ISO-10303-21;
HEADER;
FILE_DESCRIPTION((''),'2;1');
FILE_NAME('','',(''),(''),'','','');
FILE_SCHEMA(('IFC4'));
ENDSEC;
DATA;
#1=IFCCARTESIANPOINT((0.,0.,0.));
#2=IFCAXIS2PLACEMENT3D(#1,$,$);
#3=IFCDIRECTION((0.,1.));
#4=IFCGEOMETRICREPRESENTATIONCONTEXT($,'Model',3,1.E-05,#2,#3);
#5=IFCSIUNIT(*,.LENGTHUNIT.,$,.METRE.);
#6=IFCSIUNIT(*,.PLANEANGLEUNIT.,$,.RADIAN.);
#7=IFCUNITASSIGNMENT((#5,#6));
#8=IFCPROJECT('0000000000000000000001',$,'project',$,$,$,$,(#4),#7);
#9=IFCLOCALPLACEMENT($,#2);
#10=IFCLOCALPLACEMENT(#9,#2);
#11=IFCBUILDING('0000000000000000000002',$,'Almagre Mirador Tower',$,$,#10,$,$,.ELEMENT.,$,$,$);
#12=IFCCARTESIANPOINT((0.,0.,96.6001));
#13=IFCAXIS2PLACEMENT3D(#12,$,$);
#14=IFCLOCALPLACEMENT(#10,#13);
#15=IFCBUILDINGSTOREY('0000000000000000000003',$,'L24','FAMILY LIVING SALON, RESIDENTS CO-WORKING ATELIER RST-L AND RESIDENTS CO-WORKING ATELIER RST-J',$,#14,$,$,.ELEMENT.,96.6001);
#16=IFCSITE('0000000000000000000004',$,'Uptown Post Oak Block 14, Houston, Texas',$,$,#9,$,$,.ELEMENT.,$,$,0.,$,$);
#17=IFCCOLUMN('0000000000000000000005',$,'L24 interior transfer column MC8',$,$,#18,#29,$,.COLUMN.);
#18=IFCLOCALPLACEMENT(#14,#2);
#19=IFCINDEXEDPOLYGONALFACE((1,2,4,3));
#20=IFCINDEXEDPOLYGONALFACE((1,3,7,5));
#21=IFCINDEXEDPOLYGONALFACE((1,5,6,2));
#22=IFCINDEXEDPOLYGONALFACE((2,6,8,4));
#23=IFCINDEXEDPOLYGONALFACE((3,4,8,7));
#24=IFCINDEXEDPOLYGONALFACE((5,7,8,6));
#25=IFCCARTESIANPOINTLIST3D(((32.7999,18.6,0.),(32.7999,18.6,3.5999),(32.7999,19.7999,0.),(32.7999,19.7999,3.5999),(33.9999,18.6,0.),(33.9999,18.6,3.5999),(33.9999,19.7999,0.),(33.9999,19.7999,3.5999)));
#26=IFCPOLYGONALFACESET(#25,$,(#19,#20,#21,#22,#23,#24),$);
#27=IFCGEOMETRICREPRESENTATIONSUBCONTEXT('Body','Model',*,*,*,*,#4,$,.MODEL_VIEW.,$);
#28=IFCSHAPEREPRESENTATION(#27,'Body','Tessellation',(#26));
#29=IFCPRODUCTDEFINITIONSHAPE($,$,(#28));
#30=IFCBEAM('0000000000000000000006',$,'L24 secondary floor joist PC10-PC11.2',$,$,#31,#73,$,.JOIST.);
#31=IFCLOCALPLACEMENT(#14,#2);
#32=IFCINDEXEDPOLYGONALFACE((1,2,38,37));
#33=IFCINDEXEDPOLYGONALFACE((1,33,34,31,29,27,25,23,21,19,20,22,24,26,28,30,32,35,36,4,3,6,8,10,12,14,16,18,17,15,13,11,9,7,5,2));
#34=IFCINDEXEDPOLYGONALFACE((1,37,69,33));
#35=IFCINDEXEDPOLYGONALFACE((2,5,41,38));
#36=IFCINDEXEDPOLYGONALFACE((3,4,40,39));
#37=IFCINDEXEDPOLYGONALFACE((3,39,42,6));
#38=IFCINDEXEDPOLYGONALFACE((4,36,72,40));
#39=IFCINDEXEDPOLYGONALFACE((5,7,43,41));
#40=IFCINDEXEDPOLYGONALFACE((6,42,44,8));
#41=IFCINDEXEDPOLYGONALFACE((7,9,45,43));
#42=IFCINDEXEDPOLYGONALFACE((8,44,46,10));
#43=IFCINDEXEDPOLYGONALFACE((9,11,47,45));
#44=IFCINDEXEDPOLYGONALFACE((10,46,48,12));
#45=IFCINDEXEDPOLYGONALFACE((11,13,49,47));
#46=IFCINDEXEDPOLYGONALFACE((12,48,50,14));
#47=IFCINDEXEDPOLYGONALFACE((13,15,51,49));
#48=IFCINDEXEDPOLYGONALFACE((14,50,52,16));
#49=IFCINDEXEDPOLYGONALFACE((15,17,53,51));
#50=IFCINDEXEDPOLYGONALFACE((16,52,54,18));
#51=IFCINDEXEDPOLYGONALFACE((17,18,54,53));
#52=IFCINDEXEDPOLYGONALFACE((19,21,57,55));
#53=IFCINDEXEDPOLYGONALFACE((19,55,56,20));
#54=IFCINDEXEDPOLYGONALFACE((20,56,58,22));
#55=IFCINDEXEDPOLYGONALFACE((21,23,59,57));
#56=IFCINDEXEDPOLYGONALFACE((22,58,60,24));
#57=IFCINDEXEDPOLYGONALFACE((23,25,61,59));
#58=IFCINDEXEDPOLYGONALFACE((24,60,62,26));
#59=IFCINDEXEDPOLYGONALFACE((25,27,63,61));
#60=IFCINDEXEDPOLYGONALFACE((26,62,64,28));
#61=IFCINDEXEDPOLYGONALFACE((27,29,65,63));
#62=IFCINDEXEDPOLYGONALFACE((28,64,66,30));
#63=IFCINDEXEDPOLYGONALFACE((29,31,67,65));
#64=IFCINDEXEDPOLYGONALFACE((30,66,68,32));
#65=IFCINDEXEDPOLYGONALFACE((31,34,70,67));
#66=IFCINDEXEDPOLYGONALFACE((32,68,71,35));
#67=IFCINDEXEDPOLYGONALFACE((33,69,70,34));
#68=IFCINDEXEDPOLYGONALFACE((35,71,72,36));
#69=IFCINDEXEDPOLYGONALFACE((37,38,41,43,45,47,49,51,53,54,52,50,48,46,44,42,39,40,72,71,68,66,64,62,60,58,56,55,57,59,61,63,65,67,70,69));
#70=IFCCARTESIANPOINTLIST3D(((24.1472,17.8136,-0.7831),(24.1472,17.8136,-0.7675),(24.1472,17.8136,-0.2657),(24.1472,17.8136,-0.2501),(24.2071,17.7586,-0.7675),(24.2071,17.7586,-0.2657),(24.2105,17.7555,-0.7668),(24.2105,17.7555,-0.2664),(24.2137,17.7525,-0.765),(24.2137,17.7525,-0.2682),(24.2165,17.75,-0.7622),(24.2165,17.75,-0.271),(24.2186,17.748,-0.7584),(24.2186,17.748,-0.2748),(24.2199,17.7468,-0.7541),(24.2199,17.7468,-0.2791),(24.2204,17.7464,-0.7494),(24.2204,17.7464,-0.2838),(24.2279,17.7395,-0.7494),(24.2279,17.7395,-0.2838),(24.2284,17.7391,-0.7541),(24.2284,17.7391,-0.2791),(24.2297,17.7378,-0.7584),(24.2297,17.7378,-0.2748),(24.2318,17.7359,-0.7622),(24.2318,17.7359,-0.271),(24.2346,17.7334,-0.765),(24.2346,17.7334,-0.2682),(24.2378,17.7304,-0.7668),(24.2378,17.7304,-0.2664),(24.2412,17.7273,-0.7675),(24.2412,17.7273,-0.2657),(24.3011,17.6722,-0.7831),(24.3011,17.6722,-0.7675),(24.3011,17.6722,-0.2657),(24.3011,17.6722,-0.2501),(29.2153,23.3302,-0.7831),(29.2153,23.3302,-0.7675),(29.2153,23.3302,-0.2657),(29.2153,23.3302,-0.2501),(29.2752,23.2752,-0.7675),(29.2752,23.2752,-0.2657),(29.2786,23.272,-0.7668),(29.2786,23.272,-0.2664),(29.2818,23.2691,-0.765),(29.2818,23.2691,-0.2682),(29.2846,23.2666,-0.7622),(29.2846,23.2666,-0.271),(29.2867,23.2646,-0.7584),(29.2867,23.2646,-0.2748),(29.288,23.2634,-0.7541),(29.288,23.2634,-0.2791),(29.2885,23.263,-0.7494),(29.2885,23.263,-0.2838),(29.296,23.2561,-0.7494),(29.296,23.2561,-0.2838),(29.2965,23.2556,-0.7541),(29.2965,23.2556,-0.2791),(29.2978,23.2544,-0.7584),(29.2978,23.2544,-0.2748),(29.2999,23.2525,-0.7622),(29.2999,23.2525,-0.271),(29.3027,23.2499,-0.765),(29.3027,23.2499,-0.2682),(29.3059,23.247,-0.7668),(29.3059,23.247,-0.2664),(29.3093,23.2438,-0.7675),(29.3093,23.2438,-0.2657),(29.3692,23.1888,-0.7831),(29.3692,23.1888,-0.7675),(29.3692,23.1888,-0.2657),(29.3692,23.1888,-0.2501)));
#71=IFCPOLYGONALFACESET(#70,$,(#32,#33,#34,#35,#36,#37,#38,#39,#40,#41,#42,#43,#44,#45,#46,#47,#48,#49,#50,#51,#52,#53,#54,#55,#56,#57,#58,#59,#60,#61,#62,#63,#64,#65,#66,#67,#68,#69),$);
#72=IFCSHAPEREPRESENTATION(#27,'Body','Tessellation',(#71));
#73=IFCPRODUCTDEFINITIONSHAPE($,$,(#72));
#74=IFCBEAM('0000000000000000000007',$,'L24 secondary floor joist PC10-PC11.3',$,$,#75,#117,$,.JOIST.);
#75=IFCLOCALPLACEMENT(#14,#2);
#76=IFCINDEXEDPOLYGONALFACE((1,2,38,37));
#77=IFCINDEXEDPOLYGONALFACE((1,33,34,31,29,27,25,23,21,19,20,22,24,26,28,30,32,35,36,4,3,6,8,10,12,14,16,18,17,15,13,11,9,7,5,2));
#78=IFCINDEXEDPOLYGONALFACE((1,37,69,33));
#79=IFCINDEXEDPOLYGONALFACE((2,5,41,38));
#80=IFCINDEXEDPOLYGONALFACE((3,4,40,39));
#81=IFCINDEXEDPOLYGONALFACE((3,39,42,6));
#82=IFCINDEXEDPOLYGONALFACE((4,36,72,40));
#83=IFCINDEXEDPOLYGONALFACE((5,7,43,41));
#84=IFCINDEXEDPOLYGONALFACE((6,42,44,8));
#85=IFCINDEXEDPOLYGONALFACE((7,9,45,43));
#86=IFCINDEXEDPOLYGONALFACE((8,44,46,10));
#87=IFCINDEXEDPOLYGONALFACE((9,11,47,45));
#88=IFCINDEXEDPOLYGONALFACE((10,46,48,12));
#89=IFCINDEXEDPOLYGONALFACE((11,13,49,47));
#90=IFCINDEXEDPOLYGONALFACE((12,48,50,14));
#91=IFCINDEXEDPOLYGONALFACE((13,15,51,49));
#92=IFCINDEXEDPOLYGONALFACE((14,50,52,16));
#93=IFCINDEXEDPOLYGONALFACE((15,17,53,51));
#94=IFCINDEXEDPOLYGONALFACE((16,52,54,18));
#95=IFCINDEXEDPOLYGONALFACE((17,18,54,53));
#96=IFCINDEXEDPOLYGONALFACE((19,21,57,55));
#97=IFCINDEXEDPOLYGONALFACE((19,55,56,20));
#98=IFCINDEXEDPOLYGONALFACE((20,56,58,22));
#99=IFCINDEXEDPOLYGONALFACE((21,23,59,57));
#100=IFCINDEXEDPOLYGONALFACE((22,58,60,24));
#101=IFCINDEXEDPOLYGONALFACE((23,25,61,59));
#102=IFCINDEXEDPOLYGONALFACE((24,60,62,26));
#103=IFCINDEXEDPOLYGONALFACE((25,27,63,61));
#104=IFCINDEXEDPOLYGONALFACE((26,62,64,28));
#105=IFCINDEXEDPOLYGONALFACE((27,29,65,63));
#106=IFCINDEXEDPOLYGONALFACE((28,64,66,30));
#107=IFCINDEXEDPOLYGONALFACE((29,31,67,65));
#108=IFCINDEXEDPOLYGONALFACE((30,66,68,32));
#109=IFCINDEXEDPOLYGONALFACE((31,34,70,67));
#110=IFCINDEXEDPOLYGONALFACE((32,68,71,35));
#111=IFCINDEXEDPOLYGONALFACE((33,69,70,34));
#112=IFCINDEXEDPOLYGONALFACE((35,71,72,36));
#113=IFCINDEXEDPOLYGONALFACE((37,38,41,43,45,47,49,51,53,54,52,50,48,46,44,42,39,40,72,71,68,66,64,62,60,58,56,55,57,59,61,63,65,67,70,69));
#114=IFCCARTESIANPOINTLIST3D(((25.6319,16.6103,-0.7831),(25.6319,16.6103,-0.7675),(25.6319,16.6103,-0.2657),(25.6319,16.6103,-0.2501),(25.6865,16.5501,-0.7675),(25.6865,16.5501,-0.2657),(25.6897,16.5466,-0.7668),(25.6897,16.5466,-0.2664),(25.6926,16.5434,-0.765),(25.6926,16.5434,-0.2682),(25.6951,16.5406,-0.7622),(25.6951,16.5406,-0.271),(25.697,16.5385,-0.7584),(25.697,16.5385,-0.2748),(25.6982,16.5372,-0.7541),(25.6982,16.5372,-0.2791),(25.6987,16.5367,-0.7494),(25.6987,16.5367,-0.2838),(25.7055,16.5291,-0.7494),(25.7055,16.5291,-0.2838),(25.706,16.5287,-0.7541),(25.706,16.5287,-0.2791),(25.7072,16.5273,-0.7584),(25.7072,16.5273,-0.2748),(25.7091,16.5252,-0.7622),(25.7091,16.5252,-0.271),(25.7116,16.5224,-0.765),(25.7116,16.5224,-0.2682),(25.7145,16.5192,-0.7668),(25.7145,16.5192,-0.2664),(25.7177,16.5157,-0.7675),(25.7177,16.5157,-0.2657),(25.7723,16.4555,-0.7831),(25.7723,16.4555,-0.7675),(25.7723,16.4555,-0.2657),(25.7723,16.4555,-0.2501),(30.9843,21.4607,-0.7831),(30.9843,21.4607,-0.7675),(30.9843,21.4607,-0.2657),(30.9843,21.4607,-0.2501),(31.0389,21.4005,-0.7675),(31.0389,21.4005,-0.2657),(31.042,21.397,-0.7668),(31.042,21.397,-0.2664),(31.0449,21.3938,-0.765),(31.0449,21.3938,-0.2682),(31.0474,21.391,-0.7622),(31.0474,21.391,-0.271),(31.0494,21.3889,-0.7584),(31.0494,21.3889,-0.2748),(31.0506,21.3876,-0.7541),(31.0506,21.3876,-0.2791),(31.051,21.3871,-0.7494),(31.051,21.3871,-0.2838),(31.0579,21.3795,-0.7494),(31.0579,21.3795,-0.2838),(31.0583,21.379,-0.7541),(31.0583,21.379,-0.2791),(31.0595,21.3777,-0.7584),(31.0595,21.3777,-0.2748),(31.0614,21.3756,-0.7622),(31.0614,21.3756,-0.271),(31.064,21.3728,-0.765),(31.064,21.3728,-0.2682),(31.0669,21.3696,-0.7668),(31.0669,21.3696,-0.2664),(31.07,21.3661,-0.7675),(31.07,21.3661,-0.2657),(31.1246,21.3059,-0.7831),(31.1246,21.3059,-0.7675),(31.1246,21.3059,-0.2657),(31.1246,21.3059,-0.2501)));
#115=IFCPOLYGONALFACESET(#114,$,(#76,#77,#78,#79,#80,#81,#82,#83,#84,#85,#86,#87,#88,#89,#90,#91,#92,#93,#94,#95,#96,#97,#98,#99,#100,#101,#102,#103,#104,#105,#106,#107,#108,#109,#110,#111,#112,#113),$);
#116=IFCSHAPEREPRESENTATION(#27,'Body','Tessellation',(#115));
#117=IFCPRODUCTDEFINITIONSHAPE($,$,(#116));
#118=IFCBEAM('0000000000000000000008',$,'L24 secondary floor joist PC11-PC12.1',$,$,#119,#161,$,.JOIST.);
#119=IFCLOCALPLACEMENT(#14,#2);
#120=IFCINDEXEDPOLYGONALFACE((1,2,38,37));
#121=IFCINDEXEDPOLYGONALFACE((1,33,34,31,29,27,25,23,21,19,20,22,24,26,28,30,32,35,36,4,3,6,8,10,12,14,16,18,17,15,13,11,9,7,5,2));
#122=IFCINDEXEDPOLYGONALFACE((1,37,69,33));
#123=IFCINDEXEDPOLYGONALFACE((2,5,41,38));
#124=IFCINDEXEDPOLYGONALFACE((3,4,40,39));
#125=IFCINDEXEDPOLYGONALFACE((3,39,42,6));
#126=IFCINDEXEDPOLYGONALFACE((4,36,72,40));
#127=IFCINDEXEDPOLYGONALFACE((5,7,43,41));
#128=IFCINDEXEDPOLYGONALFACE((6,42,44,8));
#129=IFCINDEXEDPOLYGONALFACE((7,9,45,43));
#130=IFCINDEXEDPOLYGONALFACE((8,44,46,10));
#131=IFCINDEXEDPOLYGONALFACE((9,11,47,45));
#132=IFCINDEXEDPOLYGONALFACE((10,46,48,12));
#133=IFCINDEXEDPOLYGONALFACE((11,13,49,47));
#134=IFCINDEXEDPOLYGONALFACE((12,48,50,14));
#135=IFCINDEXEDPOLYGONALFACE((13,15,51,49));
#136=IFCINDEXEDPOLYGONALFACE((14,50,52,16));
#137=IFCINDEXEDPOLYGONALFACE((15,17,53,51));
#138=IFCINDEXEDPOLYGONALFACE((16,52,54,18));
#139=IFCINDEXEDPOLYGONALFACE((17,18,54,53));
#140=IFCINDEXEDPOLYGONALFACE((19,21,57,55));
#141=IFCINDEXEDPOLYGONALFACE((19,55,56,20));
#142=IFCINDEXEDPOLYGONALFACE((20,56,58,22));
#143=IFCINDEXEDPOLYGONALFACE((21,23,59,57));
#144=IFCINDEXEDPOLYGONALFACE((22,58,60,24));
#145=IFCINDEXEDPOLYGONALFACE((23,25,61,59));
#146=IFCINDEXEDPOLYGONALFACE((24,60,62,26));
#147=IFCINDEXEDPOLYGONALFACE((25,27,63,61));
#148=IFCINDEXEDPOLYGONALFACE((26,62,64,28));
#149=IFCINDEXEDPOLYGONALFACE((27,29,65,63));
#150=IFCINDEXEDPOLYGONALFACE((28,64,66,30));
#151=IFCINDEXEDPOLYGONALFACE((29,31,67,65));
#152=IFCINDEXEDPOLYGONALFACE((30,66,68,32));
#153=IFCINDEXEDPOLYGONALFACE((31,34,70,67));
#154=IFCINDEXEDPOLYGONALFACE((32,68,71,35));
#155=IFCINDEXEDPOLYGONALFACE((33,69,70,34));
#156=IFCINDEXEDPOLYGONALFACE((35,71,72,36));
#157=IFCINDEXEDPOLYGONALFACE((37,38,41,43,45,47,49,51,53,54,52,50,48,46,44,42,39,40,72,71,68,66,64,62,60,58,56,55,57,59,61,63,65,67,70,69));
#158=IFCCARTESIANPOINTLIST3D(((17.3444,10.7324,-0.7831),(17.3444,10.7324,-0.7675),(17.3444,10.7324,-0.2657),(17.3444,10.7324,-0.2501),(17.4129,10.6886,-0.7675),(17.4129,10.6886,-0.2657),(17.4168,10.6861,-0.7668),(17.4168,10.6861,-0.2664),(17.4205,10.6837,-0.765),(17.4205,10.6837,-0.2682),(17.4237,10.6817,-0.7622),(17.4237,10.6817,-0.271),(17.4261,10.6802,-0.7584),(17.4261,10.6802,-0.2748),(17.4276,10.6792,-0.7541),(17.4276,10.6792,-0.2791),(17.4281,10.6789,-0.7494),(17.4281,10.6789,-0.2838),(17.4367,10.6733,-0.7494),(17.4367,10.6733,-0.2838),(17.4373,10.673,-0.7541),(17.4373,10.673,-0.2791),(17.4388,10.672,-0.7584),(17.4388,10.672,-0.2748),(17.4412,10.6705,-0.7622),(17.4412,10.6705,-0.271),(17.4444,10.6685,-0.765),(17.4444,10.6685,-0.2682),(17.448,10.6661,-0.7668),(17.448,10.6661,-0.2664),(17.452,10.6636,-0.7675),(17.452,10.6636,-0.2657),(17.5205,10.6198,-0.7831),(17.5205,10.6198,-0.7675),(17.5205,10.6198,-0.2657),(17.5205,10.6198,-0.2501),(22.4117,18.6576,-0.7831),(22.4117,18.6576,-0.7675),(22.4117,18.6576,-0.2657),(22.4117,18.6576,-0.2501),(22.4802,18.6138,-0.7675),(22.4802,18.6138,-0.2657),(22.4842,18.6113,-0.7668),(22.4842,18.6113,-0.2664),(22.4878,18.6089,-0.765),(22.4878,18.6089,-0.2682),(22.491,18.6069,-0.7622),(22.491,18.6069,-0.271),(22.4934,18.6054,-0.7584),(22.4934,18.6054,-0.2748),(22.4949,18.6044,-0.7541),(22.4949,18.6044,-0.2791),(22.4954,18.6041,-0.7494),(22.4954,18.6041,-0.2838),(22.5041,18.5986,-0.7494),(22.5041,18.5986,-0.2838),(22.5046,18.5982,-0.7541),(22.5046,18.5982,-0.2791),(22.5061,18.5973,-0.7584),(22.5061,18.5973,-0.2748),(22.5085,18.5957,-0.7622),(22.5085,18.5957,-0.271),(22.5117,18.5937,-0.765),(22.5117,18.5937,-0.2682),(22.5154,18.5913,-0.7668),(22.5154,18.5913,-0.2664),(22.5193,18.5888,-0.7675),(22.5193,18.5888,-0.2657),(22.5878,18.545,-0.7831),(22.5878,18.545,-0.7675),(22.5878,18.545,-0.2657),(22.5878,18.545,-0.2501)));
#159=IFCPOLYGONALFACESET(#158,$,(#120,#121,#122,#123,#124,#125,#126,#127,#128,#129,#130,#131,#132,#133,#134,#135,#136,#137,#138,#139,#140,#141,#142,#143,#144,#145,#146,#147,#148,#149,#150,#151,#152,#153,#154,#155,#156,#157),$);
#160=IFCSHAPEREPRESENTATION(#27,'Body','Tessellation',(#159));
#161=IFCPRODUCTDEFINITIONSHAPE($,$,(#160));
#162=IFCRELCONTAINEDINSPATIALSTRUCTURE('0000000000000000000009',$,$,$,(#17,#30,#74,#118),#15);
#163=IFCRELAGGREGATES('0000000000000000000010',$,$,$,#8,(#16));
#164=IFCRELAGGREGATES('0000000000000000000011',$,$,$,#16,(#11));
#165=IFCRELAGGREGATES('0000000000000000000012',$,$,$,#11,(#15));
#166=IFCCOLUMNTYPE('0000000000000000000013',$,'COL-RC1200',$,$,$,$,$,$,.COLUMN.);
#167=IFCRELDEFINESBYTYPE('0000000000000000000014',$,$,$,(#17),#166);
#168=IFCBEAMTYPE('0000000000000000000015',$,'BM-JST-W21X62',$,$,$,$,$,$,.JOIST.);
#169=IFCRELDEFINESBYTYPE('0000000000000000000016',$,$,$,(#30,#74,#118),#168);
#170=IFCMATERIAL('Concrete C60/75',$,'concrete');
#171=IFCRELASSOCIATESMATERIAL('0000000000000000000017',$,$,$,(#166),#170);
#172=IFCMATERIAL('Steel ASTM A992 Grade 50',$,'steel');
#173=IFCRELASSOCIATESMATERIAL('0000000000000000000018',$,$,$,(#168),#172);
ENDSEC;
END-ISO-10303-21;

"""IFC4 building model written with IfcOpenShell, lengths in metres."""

from ifc_helpers import new_model, si_unit, direction, frame, origin, origin_2d, place, context, subcontext, project, spatial, rectangle, i_section, extrude, material, material_profile, profile_set, type_object, element, save


model = new_model("IFC4")

# Units and contexts
model_context = context("Model", 3, precision=1e-05, world=origin(), true_north=direction((0.0, 1.0)))
body_context = subcontext(model_context, "Body", "Model", "MODEL_VIEW")
ifc_project = project(units=[si_unit("LENGTHUNIT", "METRE"), si_unit("PLANEANGLEUNIT", "RADIAN")], contexts=[model_context])

# Site, building, storey
site_placement = place(None, origin())
site = spatial("IfcSite", under=ifc_project, at=site_placement, Name="Uptown Post Oak Block 14, Houston, Texas", CompositionType="ELEMENT", RefElevation=0.0)
building_placement = place(site_placement, origin())
building = spatial("IfcBuilding", under=site, at=building_placement, Name="Almagre Mirador Tower", CompositionType="ELEMENT")
storey_placement = place(building_placement, frame((0.0, 0.0, 96.6001)))
storey = spatial("IfcBuildingStorey", under=building, at=storey_placement, Name="L24", Description="FAMILY LIVING SALON, RESIDENTS CO-WORKING ATELIER RST-L AND RESIDENTS CO-WORKING ATELIER RST-J", CompositionType="ELEMENT", Elevation=96.6001)

# Column
ifc_material_1 = material(Name="Concrete C60/75", Category="concrete")
ifc_material_profile_1 = material_profile(ifc_material_1, rectangle(XDim=1.2, YDim=1.2, at=origin_2d()), Name="RC1200X1200")
ifc_profile_set_1 = profile_set([ifc_material_profile_1], Name="Concrete C60/75")
column_type = type_object("IfcColumnType", Name="COL-RC1200", PredefinedType="COLUMN", material=ifc_profile_set_1)
column_placement = place(storey_placement, frame((33.3999, 19.2, 0.0), z_axis=(0.0, 0.0, 1.0), x_axis=(1.0, 0.0, 0.0)))
element("IfcColumn", 1, at=column_placement, inside=storey, type_object=column_type, Name="L24 interior transfer column MC8", PredefinedType="COLUMN", context=body_context, shape_type="SweptSolid", body=[
    extrude(rectangle(XDim=1.2, YDim=1.2, at=origin_2d()), origin(), (0.0, 0.0, 1.0), 3.5999),
])

# Beams
ifc_material_2 = material(Name="Steel ASTM A992 Grade 50", Category="steel")
ifc_material_profile_2 = material_profile(ifc_material_2, i_section(OverallWidth=0.209, OverallDepth=0.533, WebThickness=0.0103, FlangeThickness=0.0156, FilletRadius=0.0181, at=origin_2d()), Name="W21X62")
ifc_profile_set_2 = profile_set([ifc_material_profile_2], Name="Steel ASTM A992 Grade 50")
beam_type_1 = type_object("IfcBeamType", Name="BM-JST-W21X62", PredefinedType="JOIST", material=ifc_profile_set_2)
beam_1_placement = place(storey_placement, frame((29.2922, 23.2595, -0.5166), z_axis=(-0.676539, -0.736407, 0.0), x_axis=(0.736407, -0.676539, 0.0)))
element("IfcBeam", 2, at=beam_1_placement, inside=storey, type_object=beam_type_1, Name="L24 secondary floor joist PC10-PC11.2", PredefinedType="JOIST", context=body_context, shape_type="SweptSolid", body=[
    extrude(i_section(OverallWidth=0.209, OverallDepth=0.533, WebThickness=0.0103, FlangeThickness=0.0156, FilletRadius=0.0181, at=origin_2d()), origin(), (0.0, 0.0, 1.0), 7.4912),
])
beam_2_placement = place(storey_placement, frame((31.0544, 21.3833, -0.5166), z_axis=(-0.740999, -0.671506, 0.0), x_axis=(0.671506, -0.740999, 0.0)))
element("IfcBeam", 3, at=beam_2_placement, inside=storey, type_object=beam_type_1, Name="L24 secondary floor joist PC10-PC11.3", PredefinedType="JOIST", context=body_context, shape_type="SweptSolid", body=[
    extrude(i_section(OverallWidth=0.209, OverallDepth=0.533, WebThickness=0.0103, FlangeThickness=0.0156, FilletRadius=0.0181, at=origin_2d()), origin(), (0.0, 0.0, 1.0), 7.2231),
])
beam_3_placement = place(storey_placement, frame((22.4998, 18.6013, -0.5166), z_axis=(-0.538691, -0.842503, 0.0), x_axis=(0.842503, -0.538691, 0.0)))
element("IfcBeam", 4, at=beam_3_placement, inside=storey, type_object=beam_type_1, Name="L24 secondary floor joist PC11-PC12.1", PredefinedType="JOIST", context=body_context, shape_type="SweptSolid", body=[
    extrude(i_section(OverallWidth=0.209, OverallDepth=0.533, WebThickness=0.0103, FlangeThickness=0.0156, FilletRadius=0.0181, at=origin_2d()), origin(), (0.0, 0.0, 1.0), 9.4067),
])

save(model, "model.ifc")
